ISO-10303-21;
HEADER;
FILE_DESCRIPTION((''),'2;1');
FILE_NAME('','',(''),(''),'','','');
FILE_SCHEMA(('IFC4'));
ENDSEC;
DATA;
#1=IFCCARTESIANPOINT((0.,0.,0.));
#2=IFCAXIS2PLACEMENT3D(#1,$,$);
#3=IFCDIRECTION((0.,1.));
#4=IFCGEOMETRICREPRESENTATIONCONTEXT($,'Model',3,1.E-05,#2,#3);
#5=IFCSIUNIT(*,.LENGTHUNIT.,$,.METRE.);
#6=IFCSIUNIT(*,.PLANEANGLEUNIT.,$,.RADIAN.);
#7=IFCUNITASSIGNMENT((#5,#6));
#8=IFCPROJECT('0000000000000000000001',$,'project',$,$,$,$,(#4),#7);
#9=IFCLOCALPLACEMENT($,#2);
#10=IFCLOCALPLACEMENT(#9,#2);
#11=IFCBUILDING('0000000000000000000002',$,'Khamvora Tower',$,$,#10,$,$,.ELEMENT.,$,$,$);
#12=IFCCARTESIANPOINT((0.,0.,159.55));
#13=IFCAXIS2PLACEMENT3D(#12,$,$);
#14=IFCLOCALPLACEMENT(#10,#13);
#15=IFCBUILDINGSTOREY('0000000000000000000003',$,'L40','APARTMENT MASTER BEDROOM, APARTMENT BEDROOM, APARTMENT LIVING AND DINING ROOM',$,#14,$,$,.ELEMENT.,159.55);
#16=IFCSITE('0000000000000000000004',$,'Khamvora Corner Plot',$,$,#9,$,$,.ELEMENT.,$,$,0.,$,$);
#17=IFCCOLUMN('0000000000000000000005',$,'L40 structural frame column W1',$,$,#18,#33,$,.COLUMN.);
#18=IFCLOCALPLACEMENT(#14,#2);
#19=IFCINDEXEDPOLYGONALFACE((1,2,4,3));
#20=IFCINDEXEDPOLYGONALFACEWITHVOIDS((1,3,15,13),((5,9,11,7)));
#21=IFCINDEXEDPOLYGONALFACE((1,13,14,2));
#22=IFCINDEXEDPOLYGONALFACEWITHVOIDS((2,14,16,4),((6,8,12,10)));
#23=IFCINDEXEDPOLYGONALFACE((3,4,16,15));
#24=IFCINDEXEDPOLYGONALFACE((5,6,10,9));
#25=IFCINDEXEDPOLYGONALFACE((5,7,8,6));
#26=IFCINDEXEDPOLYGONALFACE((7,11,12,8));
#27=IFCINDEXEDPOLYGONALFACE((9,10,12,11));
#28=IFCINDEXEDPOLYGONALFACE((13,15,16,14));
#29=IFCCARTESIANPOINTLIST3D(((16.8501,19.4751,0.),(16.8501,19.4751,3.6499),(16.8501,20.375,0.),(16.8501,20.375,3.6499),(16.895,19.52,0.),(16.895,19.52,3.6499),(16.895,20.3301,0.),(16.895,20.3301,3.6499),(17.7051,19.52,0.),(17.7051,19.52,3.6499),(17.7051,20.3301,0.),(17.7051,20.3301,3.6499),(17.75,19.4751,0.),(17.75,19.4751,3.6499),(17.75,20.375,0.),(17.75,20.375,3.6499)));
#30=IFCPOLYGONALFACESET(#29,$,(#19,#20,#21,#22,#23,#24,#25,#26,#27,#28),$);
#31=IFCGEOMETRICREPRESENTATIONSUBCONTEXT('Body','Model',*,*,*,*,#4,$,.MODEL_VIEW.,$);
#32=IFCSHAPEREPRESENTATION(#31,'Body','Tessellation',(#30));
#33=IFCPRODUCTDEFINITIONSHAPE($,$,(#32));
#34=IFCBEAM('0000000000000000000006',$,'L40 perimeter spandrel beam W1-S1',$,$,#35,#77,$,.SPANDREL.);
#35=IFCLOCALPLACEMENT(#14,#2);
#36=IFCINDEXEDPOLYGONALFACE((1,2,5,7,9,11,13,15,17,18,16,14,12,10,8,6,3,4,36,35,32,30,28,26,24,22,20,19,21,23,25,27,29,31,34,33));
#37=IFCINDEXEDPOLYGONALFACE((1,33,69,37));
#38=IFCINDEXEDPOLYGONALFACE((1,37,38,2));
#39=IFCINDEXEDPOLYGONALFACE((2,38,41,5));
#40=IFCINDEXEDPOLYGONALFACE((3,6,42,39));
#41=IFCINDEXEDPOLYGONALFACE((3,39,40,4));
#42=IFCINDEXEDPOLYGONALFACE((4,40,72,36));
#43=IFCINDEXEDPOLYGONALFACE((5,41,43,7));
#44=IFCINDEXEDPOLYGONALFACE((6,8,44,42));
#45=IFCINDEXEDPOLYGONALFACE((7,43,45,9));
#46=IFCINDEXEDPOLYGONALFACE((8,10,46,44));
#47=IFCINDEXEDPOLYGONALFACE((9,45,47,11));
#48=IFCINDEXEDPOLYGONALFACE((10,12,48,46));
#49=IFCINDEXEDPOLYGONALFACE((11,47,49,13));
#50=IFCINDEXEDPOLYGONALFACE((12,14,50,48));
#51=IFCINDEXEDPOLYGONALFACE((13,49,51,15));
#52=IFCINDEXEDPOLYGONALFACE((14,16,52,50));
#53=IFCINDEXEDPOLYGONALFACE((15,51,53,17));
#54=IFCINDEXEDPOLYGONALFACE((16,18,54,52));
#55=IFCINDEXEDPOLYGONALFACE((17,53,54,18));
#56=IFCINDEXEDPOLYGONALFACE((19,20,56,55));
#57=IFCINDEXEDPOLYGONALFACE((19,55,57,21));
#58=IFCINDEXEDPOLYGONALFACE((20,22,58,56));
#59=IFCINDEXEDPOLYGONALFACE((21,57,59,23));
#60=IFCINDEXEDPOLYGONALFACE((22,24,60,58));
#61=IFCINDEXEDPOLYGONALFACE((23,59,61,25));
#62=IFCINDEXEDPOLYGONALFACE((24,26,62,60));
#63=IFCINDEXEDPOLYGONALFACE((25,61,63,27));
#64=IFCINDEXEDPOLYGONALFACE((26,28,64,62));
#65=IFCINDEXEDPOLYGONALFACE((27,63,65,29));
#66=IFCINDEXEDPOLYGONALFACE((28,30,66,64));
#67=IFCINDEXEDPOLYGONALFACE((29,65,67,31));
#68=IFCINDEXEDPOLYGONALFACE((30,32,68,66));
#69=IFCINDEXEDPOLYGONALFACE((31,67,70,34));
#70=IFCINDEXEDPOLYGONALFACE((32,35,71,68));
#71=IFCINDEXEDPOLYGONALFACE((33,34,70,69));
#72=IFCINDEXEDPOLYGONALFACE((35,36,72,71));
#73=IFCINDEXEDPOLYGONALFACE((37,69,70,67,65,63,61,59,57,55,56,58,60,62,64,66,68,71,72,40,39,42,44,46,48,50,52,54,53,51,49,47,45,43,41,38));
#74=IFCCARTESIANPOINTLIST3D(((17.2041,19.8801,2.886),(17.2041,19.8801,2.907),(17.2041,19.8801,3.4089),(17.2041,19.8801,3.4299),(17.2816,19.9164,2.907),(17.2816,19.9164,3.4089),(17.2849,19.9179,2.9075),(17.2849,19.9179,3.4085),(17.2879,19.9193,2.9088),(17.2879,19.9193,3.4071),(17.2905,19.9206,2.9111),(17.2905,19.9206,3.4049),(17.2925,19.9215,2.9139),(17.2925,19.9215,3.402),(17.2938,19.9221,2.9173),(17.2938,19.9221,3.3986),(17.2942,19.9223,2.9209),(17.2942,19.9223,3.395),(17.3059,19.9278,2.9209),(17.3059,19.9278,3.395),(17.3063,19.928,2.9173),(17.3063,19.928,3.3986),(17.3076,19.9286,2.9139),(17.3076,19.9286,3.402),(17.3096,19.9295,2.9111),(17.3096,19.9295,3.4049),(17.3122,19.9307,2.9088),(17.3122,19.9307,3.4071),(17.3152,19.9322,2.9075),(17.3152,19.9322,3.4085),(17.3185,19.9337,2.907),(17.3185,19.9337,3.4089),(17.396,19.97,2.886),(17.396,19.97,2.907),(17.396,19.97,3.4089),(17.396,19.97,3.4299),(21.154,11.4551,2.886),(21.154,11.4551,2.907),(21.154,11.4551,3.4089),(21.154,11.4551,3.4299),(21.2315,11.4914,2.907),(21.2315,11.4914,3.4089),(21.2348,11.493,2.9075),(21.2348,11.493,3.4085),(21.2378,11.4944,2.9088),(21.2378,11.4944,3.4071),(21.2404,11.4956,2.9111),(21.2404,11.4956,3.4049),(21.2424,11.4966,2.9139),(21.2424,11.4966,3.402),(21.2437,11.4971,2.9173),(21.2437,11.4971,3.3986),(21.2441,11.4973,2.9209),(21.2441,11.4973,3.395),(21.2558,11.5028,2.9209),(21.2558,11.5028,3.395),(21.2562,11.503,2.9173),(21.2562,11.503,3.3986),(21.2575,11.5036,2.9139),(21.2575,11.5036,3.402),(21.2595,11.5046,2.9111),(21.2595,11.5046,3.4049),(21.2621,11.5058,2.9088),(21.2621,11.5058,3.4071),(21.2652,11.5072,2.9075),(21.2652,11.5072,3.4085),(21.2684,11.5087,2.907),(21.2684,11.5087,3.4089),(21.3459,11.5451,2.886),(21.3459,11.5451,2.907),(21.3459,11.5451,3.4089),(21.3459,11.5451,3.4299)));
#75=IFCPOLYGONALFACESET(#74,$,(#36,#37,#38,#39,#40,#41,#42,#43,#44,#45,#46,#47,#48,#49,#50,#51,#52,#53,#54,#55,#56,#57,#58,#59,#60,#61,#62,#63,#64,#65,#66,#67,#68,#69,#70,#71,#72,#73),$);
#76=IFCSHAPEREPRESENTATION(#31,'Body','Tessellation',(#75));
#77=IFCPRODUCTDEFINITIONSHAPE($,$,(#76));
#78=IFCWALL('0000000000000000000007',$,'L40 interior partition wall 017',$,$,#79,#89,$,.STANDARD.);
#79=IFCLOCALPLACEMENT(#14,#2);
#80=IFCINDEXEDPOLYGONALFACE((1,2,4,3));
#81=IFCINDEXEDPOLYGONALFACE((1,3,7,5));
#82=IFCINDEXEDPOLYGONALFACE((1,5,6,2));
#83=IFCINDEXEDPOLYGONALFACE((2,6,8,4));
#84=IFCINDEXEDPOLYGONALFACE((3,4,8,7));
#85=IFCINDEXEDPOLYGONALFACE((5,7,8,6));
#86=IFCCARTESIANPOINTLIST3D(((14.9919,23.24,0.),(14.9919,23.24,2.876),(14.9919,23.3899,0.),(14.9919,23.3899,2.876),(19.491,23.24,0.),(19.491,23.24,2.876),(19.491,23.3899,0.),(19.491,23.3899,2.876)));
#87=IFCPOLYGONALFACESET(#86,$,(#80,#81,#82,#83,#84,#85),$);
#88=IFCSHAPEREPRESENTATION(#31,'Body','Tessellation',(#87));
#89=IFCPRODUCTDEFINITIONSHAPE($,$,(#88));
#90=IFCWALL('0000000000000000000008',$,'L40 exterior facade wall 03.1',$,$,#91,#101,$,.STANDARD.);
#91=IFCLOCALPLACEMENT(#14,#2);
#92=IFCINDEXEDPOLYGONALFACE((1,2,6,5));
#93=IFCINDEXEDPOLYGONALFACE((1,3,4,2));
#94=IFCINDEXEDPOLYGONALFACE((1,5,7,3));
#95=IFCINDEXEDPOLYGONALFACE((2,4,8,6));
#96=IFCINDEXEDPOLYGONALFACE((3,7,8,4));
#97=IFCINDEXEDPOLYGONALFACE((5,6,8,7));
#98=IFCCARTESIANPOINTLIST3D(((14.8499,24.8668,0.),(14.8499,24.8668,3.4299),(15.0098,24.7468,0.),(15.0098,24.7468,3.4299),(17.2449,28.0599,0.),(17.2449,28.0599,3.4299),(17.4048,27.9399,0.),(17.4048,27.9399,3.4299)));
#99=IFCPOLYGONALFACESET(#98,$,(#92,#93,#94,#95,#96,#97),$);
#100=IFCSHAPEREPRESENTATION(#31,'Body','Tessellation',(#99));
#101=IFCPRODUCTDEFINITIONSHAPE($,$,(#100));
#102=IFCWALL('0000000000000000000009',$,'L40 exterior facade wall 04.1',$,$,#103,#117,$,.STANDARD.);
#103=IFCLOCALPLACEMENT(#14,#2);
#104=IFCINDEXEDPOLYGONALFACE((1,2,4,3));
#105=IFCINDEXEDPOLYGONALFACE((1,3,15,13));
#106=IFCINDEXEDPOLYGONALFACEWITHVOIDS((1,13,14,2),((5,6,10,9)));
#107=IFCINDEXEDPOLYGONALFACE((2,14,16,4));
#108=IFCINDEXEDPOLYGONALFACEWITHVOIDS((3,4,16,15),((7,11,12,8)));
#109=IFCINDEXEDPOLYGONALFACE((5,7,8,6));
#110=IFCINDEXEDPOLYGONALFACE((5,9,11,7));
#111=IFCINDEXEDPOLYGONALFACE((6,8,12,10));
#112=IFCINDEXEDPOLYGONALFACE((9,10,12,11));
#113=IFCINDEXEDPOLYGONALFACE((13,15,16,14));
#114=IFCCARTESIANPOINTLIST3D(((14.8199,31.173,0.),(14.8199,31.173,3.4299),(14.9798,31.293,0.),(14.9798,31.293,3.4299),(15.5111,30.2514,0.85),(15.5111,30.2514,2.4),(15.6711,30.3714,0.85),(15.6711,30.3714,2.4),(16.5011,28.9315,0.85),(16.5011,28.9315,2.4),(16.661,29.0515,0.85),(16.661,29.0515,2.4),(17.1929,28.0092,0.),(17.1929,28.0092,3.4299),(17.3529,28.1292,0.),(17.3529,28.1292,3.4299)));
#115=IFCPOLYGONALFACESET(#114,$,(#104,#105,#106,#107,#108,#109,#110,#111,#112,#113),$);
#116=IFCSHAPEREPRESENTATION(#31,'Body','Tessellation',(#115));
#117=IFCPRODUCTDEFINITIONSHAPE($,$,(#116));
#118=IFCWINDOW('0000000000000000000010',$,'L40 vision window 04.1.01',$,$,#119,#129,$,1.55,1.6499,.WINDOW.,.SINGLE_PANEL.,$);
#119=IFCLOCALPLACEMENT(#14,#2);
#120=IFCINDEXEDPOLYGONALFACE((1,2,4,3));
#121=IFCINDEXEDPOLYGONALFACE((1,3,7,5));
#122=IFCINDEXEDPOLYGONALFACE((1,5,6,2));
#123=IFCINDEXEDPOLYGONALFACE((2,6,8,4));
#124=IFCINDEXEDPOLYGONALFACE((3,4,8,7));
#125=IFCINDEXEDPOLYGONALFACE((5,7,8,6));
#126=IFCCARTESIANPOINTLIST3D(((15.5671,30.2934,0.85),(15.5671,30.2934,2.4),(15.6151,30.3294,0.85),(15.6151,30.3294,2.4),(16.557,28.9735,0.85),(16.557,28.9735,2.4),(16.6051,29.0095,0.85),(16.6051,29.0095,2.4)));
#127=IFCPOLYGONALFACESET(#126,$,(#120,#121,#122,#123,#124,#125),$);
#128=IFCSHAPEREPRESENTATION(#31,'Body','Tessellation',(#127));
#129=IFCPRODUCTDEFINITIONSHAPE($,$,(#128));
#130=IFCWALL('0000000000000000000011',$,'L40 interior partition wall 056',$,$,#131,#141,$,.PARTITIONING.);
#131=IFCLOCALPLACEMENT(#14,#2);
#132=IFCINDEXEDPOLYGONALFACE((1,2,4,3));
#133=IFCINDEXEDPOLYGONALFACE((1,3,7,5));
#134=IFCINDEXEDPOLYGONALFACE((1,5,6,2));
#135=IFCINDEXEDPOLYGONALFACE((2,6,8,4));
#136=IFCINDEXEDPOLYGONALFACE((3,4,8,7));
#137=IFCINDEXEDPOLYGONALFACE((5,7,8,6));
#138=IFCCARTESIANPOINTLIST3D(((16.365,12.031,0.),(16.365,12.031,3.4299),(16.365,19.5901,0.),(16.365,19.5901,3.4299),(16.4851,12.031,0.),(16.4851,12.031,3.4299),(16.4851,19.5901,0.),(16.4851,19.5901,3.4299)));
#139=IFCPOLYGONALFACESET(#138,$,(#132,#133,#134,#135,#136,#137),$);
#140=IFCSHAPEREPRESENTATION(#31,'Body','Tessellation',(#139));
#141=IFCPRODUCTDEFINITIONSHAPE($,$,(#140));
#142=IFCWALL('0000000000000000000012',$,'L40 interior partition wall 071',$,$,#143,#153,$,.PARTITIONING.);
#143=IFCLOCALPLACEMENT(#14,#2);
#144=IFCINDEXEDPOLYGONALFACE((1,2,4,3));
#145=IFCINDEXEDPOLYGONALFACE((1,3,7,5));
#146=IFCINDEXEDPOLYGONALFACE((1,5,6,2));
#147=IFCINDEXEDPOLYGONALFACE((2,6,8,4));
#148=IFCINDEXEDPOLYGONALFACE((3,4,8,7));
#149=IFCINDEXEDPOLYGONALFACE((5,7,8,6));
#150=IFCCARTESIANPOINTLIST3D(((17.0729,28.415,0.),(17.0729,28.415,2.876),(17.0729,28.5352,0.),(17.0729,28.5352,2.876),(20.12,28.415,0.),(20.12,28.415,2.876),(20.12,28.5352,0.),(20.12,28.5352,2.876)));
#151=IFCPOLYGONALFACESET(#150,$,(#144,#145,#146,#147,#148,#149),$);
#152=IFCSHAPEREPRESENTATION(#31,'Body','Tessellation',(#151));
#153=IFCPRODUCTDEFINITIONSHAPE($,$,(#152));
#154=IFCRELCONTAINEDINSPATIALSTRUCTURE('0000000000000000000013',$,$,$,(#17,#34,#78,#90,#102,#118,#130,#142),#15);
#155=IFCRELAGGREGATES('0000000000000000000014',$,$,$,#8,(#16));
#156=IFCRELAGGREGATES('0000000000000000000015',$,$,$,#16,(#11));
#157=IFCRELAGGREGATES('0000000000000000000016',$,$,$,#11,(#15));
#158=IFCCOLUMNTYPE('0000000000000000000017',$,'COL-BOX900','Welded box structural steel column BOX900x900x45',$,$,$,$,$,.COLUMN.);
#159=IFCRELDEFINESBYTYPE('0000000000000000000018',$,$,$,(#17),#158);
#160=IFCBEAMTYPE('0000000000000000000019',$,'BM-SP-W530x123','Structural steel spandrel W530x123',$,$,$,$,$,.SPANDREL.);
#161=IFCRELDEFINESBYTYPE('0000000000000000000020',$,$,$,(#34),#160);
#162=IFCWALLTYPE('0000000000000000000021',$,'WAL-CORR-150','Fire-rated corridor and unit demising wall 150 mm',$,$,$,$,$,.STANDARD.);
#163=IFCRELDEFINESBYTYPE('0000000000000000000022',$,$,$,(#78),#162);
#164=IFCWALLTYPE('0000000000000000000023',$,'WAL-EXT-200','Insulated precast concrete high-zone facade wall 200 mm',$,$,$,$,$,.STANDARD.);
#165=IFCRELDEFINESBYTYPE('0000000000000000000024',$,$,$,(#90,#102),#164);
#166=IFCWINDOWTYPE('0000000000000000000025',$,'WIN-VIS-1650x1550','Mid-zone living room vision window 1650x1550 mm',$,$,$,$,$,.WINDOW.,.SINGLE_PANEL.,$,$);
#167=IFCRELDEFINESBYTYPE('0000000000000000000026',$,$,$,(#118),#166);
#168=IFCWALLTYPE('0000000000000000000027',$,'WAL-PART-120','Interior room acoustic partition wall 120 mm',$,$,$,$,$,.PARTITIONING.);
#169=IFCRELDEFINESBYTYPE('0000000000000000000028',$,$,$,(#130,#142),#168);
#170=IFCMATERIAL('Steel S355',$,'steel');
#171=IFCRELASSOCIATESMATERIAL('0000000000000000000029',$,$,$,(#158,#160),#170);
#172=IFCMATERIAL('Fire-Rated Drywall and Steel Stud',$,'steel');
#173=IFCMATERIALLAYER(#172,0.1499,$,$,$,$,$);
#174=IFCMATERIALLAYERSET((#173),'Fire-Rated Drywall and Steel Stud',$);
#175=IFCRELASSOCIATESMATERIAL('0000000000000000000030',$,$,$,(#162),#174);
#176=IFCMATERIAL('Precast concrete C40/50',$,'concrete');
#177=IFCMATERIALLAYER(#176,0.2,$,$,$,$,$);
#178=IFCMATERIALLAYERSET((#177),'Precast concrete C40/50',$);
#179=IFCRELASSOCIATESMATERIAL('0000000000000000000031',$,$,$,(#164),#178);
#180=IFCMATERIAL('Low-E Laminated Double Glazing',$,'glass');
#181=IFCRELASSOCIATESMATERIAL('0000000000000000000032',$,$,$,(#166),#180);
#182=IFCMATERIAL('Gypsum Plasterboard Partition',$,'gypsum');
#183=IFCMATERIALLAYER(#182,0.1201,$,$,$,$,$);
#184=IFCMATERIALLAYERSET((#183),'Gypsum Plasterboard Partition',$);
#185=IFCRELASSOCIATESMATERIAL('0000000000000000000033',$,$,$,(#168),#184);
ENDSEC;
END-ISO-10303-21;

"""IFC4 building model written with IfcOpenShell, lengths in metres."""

from ifc_helpers import new_model, si_unit, direction, frame, frame_2d, origin, origin_2d, place, context, subcontext, project, spatial, rectangle, hollow_rectangle, i_section, extrude, material, layer, layer_set, material_profile, profile_set, type_object, element, fill, save


model = new_model("IFC4")

# Units and contexts
model_context = context("Model", 3, precision=1e-05, world=origin(), true_north=direction((0.0, 1.0)))
body_context = subcontext(model_context, "Body", "Model", "MODEL_VIEW")
ifc_project = project(units=[si_unit("LENGTHUNIT", "METRE"), si_unit("PLANEANGLEUNIT", "RADIAN")], contexts=[model_context])

# Site, building, storey
site_placement = place(None, origin())
site = spatial("IfcSite", under=ifc_project, at=site_placement, Name="Khamvora Corner Plot", CompositionType="ELEMENT", RefElevation=0.0)
building_placement = place(site_placement, origin())
building = spatial("IfcBuilding", under=site, at=building_placement, Name="Khamvora Tower", CompositionType="ELEMENT")
storey_placement = place(building_placement, frame((0.0, 0.0, 159.55)))
storey = spatial("IfcBuildingStorey", under=building, at=storey_placement, Name="L40", Description="APARTMENT MASTER BEDROOM, APARTMENT BEDROOM, APARTMENT LIVING AND DINING ROOM", CompositionType="ELEMENT", Elevation=159.55)

# Column
ifc_material_1 = material(Name="Steel S355", Category="steel")
ifc_material_profile_1 = material_profile(ifc_material_1, hollow_rectangle(XDim=0.8999, YDim=0.8999, WallThickness=0.0449, at=origin_2d()), Name="BOX900x900x45")
ifc_profile_set_1 = profile_set([ifc_material_profile_1], Name="Steel S355")
column_type = type_object("IfcColumnType", Name="COL-BOX900", Description="Welded box structural steel column BOX900x900x45", PredefinedType="COLUMN", material=ifc_profile_set_1)
column_placement = place(storey_placement, frame((17.3, 19.925, 0.0), z_axis=(0.0, 0.0, 1.0), x_axis=(1.0, 0.0, 0.0)))
element("IfcColumn", 1, at=column_placement, inside=storey, type_object=column_type, Name="L40 structural frame column W1", PredefinedType="COLUMN", context=body_context, shape_type="SweptSolid", body=[
    extrude(hollow_rectangle(XDim=0.8999, YDim=0.8999, WallThickness=0.0449, at=origin_2d()), origin(), (0.0, 0.0, 1.0), 3.6499),
])

# Beam
ifc_material_profile_2 = material_profile(ifc_material_1, i_section(OverallWidth=0.2119, OverallDepth=0.5439, WebThickness=0.0129, FlangeThickness=0.021, FilletRadius=0.0139, at=origin_2d()), Name="W530x123")
ifc_profile_set_2 = profile_set([ifc_material_profile_2], Name="Steel S355")
beam_type = type_object("IfcBeamType", Name="BM-SP-W530x123", Description="Structural steel spandrel W530x123", PredefinedType="SPANDREL", material=ifc_profile_set_2)
beam_placement = place(storey_placement, frame((17.3, 19.925, 3.158), z_axis=(0.424496, -0.90543, 0.0), x_axis=(0.90543, 0.424496, 0.0)))
element("IfcBeam", 2, at=beam_placement, inside=storey, type_object=beam_type, Name="L40 perimeter spandrel beam W1-S1", PredefinedType="SPANDREL", context=body_context, shape_type="SweptSolid", body=[
    extrude(i_section(OverallWidth=0.2119, OverallDepth=0.5439, WebThickness=0.0129, FlangeThickness=0.021, FilletRadius=0.0139, at=origin_2d()), origin(), (0.0, 0.0, 1.0), 9.3049),
])

# Shared definitions
ifc_material_2 = material(Name="Fire-Rated Drywall and Steel Stud", Category="steel")
ifc_layer_1 = layer(ifc_material_2, 0.1499)
ifc_layer_set_1 = layer_set([ifc_layer_1], Name="Fire-Rated Drywall and Steel Stud")
wall_type_1 = type_object("IfcWallType", Name="WAL-CORR-150", Description="Fire-rated corridor and unit demising wall 150 mm", PredefinedType="STANDARD", material=ifc_layer_set_1)

# Walls
wall_1_placement = place(storey_placement, frame((14.9919, 23.3149, 0.0), z_axis=(0.0, 0.0, 1.0), x_axis=(1.0, 0.0, 0.0)))
element("IfcWall", 3, at=wall_1_placement, inside=storey, type_object=wall_type_1, Name="L40 interior partition wall 017", PredefinedType="STANDARD", context=body_context, shape_type="SweptSolid", body=[
    extrude(rectangle(XDim=4.499, YDim=0.1499, at=frame_2d((2.2495, 0.0))), origin(), (0.0, 0.0, 1.0), 2.876),
])
ifc_material_3 = material(Name="Precast concrete C40/50", Category="concrete")
ifc_layer_2 = layer(ifc_material_3, 0.2)
ifc_layer_set_2 = layer_set([ifc_layer_2], Name="Precast concrete C40/50")
wall_type_2 = type_object("IfcWallType", Name="WAL-EXT-200", Description="Insulated precast concrete high-zone facade wall 200 mm", PredefinedType="STANDARD", material=ifc_layer_set_2)
wall_2_placement = place(storey_placement, frame((14.9299, 24.8069, 0.0), z_axis=(0.0, 0.0, 1.0), x_axis=(0.600029, 0.799978, 0.0)))
element("IfcWall", 4, at=wall_2_placement, inside=storey, type_object=wall_type_2, Name="L40 exterior facade wall 03.1", PredefinedType="STANDARD", context=body_context, shape_type="SweptSolid", body=[
    extrude(rectangle(XDim=3.9915, YDim=0.2, at=frame_2d((1.9956, 0.0))), origin(), (0.0, 0.0, 1.0), 3.4299),
])

# Wall, opening, window
wall_3_placement = place(storey_placement, frame((17.2729, 28.0691, 0.0), z_axis=(0.0, 0.0, 1.0), x_axis=(-0.60003, 0.799978, 0.0)))
wall_3 = element("IfcWall", 5, at=wall_3_placement, inside=storey, type_object=wall_type_2, Name="L40 exterior facade wall 04.1", PredefinedType="STANDARD", context=body_context, shape_type="SweptSolid", body=[
    extrude(rectangle(XDim=3.9548, YDim=0.2, at=frame_2d((1.9775, 0.0))), origin(), (0.0, 0.0, 1.0), 3.4299),
])
opening_1_placement = place(wall_3_placement, frame((1.1531, 0.0, 0.8501)))
opening_1 = element("IfcOpeningElement", 6, at=opening_1_placement, cuts=wall_3, PredefinedType="OPENING", context=body_context, shape_type="SweptSolid", body=[
    extrude(rectangle(XDim=1.6499, YDim=1.55, at=frame_2d((0.825, 0.7749))), frame((0.0, 0.1099, 0.0), z_axis=(0.0, -1.0, 0.0), x_axis=(1.0, 0.0, 0.0)), (0.0, 0.0, 1.0), 0.22),
])
ifc_material_4 = material(Name="Low-E Laminated Double Glazing", Category="glass")
window_type = type_object("IfcWindowType", Name="WIN-VIS-1650x1550", Description="Mid-zone living room vision window 1650x1550 mm", PartitioningType="SINGLE_PANEL", PredefinedType="WINDOW", material=ifc_material_4)
window_placement = place(opening_1_placement, origin())
window = element("IfcWindow", 7, at=window_placement, inside=storey, type_object=window_type, Name="L40 vision window 04.1.01", OverallHeight=1.55, OverallWidth=1.6499, PartitioningType="SINGLE_PANEL", PredefinedType="WINDOW", context=body_context, shape_type="SweptSolid", body=[
    extrude(rectangle(XDim=1.6499, YDim=1.55, at=frame_2d((0.825, 0.7749))), frame((0.0, 0.03, 0.0), z_axis=(0.0, -1.0, 0.0), x_axis=(1.0, 0.0, 0.0)), (0.0, 0.0, 1.0), 0.0601),
])
fill(opening_1, window)

# Walls
ifc_material_5 = material(Name="Gypsum Plasterboard Partition", Category="gypsum")
ifc_layer_3 = layer(ifc_material_5, 0.1201)
ifc_layer_set_3 = layer_set([ifc_layer_3], Name="Gypsum Plasterboard Partition")
wall_type_3 = type_object("IfcWallType", Name="WAL-PART-120", Description="Interior room acoustic partition wall 120 mm", PredefinedType="PARTITIONING", material=ifc_layer_set_3)
wall_4_placement = place(storey_placement, frame((16.425, 19.5901, 0.0), z_axis=(0.0, 0.0, 1.0), x_axis=(0.0, -1.0, 0.0)))
element("IfcWall", 8, at=wall_4_placement, inside=storey, type_object=wall_type_3, Name="L40 interior partition wall 056", PredefinedType="PARTITIONING", context=body_context, shape_type="SweptSolid", body=[
    extrude(rectangle(XDim=7.5591, YDim=0.1201, at=frame_2d((3.7795, 0.0))), origin(), (0.0, 0.0, 1.0), 3.4299),
])
wall_5_placement = place(storey_placement, frame((17.073, 28.4751, 0.0), z_axis=(0.0, 0.0, 1.0), x_axis=(1.0, 0.0, 0.0)))
element("IfcWall", 9, at=wall_5_placement, inside=storey, type_object=wall_type_3, Name="L40 interior partition wall 071", PredefinedType="PARTITIONING", context=body_context, shape_type="SweptSolid", body=[
    extrude(rectangle(XDim=3.0471, YDim=0.1201, at=frame_2d((1.5234, 0.0))), origin(), (0.0, 0.0, 1.0), 2.876),
])

save(model, "model.ifc")
